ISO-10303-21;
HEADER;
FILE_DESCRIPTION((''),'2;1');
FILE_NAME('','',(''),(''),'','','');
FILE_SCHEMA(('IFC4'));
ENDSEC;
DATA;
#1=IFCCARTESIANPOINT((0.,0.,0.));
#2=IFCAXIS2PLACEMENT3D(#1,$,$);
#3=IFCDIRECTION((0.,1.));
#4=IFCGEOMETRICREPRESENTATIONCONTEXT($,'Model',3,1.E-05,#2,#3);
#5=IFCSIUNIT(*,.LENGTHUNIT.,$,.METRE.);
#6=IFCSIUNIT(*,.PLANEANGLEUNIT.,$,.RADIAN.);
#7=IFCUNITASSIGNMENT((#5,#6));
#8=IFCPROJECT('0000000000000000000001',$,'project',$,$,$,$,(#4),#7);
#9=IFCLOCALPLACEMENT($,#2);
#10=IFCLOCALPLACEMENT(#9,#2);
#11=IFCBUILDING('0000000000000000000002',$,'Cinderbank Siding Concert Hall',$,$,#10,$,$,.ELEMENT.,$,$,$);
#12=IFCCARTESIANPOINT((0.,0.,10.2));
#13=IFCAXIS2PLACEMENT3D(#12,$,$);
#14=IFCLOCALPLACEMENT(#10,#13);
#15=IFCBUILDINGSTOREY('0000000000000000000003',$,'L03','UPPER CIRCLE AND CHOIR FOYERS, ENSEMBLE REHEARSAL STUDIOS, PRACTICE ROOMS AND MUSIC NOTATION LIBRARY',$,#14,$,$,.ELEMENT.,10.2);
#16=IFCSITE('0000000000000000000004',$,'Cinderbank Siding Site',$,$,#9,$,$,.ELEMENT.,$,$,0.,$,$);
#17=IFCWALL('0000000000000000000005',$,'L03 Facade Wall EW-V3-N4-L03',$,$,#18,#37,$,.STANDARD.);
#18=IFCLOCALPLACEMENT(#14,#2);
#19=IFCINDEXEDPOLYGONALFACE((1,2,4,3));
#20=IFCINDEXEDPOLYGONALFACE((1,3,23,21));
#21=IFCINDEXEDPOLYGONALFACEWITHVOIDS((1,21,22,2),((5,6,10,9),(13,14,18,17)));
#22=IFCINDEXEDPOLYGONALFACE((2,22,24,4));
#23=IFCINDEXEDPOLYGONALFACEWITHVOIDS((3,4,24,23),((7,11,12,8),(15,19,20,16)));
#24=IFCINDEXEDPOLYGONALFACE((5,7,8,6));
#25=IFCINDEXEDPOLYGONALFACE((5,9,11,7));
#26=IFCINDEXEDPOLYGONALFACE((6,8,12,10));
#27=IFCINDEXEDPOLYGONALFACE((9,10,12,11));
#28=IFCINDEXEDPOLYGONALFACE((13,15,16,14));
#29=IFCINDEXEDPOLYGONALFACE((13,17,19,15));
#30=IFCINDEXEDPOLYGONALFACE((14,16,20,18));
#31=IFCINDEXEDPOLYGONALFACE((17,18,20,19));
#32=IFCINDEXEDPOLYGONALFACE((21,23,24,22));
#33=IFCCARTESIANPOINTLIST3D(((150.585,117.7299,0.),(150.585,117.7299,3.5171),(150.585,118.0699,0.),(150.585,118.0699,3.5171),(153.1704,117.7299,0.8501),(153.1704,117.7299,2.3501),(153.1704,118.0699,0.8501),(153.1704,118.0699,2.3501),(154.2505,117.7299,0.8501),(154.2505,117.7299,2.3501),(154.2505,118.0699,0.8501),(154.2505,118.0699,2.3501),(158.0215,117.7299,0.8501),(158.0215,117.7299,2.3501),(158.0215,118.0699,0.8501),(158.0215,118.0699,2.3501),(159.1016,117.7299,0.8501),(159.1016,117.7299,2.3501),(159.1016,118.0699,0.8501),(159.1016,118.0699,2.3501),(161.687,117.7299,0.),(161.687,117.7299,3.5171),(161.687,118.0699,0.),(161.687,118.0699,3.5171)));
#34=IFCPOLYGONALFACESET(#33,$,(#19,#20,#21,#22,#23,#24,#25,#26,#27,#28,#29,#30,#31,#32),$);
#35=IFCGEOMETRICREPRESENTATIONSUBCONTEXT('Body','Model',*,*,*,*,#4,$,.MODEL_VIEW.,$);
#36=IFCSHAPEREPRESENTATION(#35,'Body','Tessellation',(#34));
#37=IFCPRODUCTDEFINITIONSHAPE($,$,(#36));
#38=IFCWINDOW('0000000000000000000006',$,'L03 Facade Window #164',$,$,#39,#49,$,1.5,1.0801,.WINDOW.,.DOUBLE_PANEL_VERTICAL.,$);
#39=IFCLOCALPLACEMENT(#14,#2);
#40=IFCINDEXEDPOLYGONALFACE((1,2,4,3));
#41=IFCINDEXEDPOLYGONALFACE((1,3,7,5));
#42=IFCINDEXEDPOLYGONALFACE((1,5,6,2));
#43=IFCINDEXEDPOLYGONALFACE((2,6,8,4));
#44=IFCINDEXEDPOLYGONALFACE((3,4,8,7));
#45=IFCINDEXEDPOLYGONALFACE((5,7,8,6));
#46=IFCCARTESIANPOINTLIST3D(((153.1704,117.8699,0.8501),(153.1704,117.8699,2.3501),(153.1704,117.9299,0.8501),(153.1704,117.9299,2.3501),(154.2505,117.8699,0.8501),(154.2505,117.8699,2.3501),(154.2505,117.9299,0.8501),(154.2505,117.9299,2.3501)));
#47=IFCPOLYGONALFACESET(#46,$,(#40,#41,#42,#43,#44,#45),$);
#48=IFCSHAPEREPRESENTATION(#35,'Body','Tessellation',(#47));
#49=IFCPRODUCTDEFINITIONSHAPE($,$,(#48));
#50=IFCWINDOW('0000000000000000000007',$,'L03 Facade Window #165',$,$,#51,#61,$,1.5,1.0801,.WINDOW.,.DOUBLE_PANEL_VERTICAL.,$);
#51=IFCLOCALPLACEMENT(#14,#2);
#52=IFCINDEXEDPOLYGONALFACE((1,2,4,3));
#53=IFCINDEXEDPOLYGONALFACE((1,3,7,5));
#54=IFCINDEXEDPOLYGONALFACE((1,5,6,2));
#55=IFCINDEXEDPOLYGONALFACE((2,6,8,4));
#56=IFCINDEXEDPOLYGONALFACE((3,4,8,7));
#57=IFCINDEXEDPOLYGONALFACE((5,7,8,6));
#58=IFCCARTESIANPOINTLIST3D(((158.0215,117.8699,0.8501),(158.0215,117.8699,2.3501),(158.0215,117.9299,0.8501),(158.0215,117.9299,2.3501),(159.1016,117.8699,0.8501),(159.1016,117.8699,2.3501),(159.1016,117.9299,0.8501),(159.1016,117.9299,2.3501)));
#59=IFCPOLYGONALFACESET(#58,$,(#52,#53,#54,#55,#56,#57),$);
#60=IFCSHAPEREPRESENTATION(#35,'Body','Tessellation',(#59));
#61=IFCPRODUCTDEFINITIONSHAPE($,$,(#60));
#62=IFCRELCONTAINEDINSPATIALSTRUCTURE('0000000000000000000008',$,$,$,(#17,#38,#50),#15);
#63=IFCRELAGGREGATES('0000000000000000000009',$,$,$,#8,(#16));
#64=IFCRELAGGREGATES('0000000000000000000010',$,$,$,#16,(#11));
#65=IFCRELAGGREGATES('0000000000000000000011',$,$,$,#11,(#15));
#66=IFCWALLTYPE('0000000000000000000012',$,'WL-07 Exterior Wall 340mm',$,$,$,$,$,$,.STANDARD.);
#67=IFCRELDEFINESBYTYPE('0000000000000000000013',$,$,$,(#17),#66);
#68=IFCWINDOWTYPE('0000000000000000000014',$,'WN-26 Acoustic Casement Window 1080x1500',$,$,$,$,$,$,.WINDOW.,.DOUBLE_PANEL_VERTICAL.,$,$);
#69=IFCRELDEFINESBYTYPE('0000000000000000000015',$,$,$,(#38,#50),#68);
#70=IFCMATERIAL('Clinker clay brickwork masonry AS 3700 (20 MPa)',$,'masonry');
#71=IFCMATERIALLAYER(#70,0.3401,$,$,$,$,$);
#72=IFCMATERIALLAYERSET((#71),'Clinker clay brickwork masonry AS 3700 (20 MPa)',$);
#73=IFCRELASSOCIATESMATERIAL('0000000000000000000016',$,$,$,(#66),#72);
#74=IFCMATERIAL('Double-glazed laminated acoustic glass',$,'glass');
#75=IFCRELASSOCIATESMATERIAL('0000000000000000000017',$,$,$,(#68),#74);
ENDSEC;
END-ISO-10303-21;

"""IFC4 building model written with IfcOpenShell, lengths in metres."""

from ifc_helpers import new_model, si_unit, direction, frame, frame_2d, origin, place, context, subcontext, project, spatial, rectangle, extrude, material, layer, layer_set, type_object, element, fill, save


model = new_model("IFC4")

# Units and contexts
model_context = context("Model", 3, precision=1e-05, world=origin(), true_north=direction((0.0, 1.0)))
body_context = subcontext(model_context, "Body", "Model", "MODEL_VIEW")
ifc_project = project(units=[si_unit("LENGTHUNIT", "METRE"), si_unit("PLANEANGLEUNIT", "RADIAN")], contexts=[model_context])

# Site, building, storey
site_placement = place(None, origin())
site = spatial("IfcSite", under=ifc_project, at=site_placement, Name="Cinderbank Siding Site", CompositionType="ELEMENT", RefElevation=0.0)
building_placement = place(site_placement, origin())
building = spatial("IfcBuilding", under=site, at=building_placement, Name="Cinderbank Siding Concert Hall", CompositionType="ELEMENT")
storey_placement = place(building_placement, frame((0.0, 0.0, 10.2)))
storey = spatial("IfcBuildingStorey", under=building, at=storey_placement, Name="L03", Description="UPPER CIRCLE AND CHOIR FOYERS, ENSEMBLE REHEARSAL STUDIOS, PRACTICE ROOMS AND MUSIC NOTATION LIBRARY", CompositionType="ELEMENT", Elevation=10.2)

# Wall, openings, windows
ifc_material_1 = material(Name="Clinker clay brickwork masonry AS 3700 (20 MPa)", Category="masonry")
ifc_layer_1 = layer(ifc_material_1, 0.3401)
ifc_layer_set_1 = layer_set([ifc_layer_1], Name="Clinker clay brickwork masonry AS 3700 (20 MPa)")
wall_type_1 = type_object("IfcWallType", Name="WL-07 Exterior Wall 340mm", PredefinedType="STANDARD", material=ifc_layer_set_1)
wall_1_placement = place(storey_placement, frame((150.585, 117.8999, 0.0), z_axis=(0.0, 0.0, 1.0), x_axis=(1.0, 0.0, 0.0)))
wall_1 = element("IfcWall", 1, at=wall_1_placement, inside=storey, type_object=wall_type_1, Name="L03 Facade Wall EW-V3-N4-L03", PredefinedType="STANDARD", context=body_context, shape_type="SweptSolid", body=[
    extrude(rectangle(XDim=11.1021, YDim=0.3401, at=frame_2d((5.551, 0.0))), origin(), (0.0, 0.0, 1.0), 3.5171),
])
opening_1_placement = place(wall_1_placement, frame((2.5854, 0.0, 0.8501)))
opening_1 = element("IfcOpeningElement", 2, at=opening_1_placement, cuts=wall_1, PredefinedType="OPENING", context=body_context, shape_type="SweptSolid", body=[
    extrude(rectangle(XDim=1.0801, YDim=1.5, at=frame_2d((0.54, 0.75))), frame((0.0, 0.1821, 0.0), z_axis=(0.0, -1.0, 0.0), x_axis=(1.0, 0.0, 0.0)), (0.0, 0.0, 1.0), 0.364),
])
opening_2_placement = place(wall_1_placement, frame((7.4365, 0.0, 0.8501)))
opening_2 = element("IfcOpeningElement", 3, at=opening_2_placement, cuts=wall_1, PredefinedType="OPENING", context=body_context, shape_type="SweptSolid", body=[
    extrude(rectangle(XDim=1.0801, YDim=1.5, at=frame_2d((0.54, 0.75))), frame((0.0, 0.1821, 0.0), z_axis=(0.0, -1.0, 0.0), x_axis=(1.0, 0.0, 0.0)), (0.0, 0.0, 1.0), 0.364),
])
ifc_material_2 = material(Name="Double-glazed laminated acoustic glass", Category="glass")
window_type = type_object("IfcWindowType", Name="WN-26 Acoustic Casement Window 1080x1500", PartitioningType="DOUBLE_PANEL_VERTICAL", PredefinedType="WINDOW", material=ifc_material_2)
window_1_placement = place(opening_1_placement, origin())
window_1 = element("IfcWindow", 4, at=window_1_placement, inside=storey, type_object=window_type, Name="L03 Facade Window #164", OverallHeight=1.5, OverallWidth=1.0801, PartitioningType="DOUBLE_PANEL_VERTICAL", PredefinedType="WINDOW", context=body_context, shape_type="SweptSolid", body=[
    extrude(rectangle(XDim=1.0801, YDim=1.5, at=frame_2d((0.54, 0.75))), frame((0.0, 0.03, 0.0), z_axis=(0.0, -1.0, 0.0), x_axis=(1.0, 0.0, 0.0)), (0.0, 0.0, 1.0), 0.0601),
])
fill(opening_1, window_1)
window_2_placement = place(opening_2_placement, origin())
window_2 = element("IfcWindow", 5, at=window_2_placement, inside=storey, type_object=window_type, Name="L03 Facade Window #165", OverallHeight=1.5, OverallWidth=1.0801, PartitioningType="DOUBLE_PANEL_VERTICAL", PredefinedType="WINDOW", context=body_context, shape_type="SweptSolid", body=[
    extrude(rectangle(XDim=1.0801, YDim=1.5, at=frame_2d((0.54, 0.75))), frame((0.0, 0.03, 0.0), z_axis=(0.0, -1.0, 0.0), x_axis=(1.0, 0.0, 0.0)), (0.0, 0.0, 1.0), 0.0601),
])
fill(opening_2, window_2)

save(model, "model.ifc")
